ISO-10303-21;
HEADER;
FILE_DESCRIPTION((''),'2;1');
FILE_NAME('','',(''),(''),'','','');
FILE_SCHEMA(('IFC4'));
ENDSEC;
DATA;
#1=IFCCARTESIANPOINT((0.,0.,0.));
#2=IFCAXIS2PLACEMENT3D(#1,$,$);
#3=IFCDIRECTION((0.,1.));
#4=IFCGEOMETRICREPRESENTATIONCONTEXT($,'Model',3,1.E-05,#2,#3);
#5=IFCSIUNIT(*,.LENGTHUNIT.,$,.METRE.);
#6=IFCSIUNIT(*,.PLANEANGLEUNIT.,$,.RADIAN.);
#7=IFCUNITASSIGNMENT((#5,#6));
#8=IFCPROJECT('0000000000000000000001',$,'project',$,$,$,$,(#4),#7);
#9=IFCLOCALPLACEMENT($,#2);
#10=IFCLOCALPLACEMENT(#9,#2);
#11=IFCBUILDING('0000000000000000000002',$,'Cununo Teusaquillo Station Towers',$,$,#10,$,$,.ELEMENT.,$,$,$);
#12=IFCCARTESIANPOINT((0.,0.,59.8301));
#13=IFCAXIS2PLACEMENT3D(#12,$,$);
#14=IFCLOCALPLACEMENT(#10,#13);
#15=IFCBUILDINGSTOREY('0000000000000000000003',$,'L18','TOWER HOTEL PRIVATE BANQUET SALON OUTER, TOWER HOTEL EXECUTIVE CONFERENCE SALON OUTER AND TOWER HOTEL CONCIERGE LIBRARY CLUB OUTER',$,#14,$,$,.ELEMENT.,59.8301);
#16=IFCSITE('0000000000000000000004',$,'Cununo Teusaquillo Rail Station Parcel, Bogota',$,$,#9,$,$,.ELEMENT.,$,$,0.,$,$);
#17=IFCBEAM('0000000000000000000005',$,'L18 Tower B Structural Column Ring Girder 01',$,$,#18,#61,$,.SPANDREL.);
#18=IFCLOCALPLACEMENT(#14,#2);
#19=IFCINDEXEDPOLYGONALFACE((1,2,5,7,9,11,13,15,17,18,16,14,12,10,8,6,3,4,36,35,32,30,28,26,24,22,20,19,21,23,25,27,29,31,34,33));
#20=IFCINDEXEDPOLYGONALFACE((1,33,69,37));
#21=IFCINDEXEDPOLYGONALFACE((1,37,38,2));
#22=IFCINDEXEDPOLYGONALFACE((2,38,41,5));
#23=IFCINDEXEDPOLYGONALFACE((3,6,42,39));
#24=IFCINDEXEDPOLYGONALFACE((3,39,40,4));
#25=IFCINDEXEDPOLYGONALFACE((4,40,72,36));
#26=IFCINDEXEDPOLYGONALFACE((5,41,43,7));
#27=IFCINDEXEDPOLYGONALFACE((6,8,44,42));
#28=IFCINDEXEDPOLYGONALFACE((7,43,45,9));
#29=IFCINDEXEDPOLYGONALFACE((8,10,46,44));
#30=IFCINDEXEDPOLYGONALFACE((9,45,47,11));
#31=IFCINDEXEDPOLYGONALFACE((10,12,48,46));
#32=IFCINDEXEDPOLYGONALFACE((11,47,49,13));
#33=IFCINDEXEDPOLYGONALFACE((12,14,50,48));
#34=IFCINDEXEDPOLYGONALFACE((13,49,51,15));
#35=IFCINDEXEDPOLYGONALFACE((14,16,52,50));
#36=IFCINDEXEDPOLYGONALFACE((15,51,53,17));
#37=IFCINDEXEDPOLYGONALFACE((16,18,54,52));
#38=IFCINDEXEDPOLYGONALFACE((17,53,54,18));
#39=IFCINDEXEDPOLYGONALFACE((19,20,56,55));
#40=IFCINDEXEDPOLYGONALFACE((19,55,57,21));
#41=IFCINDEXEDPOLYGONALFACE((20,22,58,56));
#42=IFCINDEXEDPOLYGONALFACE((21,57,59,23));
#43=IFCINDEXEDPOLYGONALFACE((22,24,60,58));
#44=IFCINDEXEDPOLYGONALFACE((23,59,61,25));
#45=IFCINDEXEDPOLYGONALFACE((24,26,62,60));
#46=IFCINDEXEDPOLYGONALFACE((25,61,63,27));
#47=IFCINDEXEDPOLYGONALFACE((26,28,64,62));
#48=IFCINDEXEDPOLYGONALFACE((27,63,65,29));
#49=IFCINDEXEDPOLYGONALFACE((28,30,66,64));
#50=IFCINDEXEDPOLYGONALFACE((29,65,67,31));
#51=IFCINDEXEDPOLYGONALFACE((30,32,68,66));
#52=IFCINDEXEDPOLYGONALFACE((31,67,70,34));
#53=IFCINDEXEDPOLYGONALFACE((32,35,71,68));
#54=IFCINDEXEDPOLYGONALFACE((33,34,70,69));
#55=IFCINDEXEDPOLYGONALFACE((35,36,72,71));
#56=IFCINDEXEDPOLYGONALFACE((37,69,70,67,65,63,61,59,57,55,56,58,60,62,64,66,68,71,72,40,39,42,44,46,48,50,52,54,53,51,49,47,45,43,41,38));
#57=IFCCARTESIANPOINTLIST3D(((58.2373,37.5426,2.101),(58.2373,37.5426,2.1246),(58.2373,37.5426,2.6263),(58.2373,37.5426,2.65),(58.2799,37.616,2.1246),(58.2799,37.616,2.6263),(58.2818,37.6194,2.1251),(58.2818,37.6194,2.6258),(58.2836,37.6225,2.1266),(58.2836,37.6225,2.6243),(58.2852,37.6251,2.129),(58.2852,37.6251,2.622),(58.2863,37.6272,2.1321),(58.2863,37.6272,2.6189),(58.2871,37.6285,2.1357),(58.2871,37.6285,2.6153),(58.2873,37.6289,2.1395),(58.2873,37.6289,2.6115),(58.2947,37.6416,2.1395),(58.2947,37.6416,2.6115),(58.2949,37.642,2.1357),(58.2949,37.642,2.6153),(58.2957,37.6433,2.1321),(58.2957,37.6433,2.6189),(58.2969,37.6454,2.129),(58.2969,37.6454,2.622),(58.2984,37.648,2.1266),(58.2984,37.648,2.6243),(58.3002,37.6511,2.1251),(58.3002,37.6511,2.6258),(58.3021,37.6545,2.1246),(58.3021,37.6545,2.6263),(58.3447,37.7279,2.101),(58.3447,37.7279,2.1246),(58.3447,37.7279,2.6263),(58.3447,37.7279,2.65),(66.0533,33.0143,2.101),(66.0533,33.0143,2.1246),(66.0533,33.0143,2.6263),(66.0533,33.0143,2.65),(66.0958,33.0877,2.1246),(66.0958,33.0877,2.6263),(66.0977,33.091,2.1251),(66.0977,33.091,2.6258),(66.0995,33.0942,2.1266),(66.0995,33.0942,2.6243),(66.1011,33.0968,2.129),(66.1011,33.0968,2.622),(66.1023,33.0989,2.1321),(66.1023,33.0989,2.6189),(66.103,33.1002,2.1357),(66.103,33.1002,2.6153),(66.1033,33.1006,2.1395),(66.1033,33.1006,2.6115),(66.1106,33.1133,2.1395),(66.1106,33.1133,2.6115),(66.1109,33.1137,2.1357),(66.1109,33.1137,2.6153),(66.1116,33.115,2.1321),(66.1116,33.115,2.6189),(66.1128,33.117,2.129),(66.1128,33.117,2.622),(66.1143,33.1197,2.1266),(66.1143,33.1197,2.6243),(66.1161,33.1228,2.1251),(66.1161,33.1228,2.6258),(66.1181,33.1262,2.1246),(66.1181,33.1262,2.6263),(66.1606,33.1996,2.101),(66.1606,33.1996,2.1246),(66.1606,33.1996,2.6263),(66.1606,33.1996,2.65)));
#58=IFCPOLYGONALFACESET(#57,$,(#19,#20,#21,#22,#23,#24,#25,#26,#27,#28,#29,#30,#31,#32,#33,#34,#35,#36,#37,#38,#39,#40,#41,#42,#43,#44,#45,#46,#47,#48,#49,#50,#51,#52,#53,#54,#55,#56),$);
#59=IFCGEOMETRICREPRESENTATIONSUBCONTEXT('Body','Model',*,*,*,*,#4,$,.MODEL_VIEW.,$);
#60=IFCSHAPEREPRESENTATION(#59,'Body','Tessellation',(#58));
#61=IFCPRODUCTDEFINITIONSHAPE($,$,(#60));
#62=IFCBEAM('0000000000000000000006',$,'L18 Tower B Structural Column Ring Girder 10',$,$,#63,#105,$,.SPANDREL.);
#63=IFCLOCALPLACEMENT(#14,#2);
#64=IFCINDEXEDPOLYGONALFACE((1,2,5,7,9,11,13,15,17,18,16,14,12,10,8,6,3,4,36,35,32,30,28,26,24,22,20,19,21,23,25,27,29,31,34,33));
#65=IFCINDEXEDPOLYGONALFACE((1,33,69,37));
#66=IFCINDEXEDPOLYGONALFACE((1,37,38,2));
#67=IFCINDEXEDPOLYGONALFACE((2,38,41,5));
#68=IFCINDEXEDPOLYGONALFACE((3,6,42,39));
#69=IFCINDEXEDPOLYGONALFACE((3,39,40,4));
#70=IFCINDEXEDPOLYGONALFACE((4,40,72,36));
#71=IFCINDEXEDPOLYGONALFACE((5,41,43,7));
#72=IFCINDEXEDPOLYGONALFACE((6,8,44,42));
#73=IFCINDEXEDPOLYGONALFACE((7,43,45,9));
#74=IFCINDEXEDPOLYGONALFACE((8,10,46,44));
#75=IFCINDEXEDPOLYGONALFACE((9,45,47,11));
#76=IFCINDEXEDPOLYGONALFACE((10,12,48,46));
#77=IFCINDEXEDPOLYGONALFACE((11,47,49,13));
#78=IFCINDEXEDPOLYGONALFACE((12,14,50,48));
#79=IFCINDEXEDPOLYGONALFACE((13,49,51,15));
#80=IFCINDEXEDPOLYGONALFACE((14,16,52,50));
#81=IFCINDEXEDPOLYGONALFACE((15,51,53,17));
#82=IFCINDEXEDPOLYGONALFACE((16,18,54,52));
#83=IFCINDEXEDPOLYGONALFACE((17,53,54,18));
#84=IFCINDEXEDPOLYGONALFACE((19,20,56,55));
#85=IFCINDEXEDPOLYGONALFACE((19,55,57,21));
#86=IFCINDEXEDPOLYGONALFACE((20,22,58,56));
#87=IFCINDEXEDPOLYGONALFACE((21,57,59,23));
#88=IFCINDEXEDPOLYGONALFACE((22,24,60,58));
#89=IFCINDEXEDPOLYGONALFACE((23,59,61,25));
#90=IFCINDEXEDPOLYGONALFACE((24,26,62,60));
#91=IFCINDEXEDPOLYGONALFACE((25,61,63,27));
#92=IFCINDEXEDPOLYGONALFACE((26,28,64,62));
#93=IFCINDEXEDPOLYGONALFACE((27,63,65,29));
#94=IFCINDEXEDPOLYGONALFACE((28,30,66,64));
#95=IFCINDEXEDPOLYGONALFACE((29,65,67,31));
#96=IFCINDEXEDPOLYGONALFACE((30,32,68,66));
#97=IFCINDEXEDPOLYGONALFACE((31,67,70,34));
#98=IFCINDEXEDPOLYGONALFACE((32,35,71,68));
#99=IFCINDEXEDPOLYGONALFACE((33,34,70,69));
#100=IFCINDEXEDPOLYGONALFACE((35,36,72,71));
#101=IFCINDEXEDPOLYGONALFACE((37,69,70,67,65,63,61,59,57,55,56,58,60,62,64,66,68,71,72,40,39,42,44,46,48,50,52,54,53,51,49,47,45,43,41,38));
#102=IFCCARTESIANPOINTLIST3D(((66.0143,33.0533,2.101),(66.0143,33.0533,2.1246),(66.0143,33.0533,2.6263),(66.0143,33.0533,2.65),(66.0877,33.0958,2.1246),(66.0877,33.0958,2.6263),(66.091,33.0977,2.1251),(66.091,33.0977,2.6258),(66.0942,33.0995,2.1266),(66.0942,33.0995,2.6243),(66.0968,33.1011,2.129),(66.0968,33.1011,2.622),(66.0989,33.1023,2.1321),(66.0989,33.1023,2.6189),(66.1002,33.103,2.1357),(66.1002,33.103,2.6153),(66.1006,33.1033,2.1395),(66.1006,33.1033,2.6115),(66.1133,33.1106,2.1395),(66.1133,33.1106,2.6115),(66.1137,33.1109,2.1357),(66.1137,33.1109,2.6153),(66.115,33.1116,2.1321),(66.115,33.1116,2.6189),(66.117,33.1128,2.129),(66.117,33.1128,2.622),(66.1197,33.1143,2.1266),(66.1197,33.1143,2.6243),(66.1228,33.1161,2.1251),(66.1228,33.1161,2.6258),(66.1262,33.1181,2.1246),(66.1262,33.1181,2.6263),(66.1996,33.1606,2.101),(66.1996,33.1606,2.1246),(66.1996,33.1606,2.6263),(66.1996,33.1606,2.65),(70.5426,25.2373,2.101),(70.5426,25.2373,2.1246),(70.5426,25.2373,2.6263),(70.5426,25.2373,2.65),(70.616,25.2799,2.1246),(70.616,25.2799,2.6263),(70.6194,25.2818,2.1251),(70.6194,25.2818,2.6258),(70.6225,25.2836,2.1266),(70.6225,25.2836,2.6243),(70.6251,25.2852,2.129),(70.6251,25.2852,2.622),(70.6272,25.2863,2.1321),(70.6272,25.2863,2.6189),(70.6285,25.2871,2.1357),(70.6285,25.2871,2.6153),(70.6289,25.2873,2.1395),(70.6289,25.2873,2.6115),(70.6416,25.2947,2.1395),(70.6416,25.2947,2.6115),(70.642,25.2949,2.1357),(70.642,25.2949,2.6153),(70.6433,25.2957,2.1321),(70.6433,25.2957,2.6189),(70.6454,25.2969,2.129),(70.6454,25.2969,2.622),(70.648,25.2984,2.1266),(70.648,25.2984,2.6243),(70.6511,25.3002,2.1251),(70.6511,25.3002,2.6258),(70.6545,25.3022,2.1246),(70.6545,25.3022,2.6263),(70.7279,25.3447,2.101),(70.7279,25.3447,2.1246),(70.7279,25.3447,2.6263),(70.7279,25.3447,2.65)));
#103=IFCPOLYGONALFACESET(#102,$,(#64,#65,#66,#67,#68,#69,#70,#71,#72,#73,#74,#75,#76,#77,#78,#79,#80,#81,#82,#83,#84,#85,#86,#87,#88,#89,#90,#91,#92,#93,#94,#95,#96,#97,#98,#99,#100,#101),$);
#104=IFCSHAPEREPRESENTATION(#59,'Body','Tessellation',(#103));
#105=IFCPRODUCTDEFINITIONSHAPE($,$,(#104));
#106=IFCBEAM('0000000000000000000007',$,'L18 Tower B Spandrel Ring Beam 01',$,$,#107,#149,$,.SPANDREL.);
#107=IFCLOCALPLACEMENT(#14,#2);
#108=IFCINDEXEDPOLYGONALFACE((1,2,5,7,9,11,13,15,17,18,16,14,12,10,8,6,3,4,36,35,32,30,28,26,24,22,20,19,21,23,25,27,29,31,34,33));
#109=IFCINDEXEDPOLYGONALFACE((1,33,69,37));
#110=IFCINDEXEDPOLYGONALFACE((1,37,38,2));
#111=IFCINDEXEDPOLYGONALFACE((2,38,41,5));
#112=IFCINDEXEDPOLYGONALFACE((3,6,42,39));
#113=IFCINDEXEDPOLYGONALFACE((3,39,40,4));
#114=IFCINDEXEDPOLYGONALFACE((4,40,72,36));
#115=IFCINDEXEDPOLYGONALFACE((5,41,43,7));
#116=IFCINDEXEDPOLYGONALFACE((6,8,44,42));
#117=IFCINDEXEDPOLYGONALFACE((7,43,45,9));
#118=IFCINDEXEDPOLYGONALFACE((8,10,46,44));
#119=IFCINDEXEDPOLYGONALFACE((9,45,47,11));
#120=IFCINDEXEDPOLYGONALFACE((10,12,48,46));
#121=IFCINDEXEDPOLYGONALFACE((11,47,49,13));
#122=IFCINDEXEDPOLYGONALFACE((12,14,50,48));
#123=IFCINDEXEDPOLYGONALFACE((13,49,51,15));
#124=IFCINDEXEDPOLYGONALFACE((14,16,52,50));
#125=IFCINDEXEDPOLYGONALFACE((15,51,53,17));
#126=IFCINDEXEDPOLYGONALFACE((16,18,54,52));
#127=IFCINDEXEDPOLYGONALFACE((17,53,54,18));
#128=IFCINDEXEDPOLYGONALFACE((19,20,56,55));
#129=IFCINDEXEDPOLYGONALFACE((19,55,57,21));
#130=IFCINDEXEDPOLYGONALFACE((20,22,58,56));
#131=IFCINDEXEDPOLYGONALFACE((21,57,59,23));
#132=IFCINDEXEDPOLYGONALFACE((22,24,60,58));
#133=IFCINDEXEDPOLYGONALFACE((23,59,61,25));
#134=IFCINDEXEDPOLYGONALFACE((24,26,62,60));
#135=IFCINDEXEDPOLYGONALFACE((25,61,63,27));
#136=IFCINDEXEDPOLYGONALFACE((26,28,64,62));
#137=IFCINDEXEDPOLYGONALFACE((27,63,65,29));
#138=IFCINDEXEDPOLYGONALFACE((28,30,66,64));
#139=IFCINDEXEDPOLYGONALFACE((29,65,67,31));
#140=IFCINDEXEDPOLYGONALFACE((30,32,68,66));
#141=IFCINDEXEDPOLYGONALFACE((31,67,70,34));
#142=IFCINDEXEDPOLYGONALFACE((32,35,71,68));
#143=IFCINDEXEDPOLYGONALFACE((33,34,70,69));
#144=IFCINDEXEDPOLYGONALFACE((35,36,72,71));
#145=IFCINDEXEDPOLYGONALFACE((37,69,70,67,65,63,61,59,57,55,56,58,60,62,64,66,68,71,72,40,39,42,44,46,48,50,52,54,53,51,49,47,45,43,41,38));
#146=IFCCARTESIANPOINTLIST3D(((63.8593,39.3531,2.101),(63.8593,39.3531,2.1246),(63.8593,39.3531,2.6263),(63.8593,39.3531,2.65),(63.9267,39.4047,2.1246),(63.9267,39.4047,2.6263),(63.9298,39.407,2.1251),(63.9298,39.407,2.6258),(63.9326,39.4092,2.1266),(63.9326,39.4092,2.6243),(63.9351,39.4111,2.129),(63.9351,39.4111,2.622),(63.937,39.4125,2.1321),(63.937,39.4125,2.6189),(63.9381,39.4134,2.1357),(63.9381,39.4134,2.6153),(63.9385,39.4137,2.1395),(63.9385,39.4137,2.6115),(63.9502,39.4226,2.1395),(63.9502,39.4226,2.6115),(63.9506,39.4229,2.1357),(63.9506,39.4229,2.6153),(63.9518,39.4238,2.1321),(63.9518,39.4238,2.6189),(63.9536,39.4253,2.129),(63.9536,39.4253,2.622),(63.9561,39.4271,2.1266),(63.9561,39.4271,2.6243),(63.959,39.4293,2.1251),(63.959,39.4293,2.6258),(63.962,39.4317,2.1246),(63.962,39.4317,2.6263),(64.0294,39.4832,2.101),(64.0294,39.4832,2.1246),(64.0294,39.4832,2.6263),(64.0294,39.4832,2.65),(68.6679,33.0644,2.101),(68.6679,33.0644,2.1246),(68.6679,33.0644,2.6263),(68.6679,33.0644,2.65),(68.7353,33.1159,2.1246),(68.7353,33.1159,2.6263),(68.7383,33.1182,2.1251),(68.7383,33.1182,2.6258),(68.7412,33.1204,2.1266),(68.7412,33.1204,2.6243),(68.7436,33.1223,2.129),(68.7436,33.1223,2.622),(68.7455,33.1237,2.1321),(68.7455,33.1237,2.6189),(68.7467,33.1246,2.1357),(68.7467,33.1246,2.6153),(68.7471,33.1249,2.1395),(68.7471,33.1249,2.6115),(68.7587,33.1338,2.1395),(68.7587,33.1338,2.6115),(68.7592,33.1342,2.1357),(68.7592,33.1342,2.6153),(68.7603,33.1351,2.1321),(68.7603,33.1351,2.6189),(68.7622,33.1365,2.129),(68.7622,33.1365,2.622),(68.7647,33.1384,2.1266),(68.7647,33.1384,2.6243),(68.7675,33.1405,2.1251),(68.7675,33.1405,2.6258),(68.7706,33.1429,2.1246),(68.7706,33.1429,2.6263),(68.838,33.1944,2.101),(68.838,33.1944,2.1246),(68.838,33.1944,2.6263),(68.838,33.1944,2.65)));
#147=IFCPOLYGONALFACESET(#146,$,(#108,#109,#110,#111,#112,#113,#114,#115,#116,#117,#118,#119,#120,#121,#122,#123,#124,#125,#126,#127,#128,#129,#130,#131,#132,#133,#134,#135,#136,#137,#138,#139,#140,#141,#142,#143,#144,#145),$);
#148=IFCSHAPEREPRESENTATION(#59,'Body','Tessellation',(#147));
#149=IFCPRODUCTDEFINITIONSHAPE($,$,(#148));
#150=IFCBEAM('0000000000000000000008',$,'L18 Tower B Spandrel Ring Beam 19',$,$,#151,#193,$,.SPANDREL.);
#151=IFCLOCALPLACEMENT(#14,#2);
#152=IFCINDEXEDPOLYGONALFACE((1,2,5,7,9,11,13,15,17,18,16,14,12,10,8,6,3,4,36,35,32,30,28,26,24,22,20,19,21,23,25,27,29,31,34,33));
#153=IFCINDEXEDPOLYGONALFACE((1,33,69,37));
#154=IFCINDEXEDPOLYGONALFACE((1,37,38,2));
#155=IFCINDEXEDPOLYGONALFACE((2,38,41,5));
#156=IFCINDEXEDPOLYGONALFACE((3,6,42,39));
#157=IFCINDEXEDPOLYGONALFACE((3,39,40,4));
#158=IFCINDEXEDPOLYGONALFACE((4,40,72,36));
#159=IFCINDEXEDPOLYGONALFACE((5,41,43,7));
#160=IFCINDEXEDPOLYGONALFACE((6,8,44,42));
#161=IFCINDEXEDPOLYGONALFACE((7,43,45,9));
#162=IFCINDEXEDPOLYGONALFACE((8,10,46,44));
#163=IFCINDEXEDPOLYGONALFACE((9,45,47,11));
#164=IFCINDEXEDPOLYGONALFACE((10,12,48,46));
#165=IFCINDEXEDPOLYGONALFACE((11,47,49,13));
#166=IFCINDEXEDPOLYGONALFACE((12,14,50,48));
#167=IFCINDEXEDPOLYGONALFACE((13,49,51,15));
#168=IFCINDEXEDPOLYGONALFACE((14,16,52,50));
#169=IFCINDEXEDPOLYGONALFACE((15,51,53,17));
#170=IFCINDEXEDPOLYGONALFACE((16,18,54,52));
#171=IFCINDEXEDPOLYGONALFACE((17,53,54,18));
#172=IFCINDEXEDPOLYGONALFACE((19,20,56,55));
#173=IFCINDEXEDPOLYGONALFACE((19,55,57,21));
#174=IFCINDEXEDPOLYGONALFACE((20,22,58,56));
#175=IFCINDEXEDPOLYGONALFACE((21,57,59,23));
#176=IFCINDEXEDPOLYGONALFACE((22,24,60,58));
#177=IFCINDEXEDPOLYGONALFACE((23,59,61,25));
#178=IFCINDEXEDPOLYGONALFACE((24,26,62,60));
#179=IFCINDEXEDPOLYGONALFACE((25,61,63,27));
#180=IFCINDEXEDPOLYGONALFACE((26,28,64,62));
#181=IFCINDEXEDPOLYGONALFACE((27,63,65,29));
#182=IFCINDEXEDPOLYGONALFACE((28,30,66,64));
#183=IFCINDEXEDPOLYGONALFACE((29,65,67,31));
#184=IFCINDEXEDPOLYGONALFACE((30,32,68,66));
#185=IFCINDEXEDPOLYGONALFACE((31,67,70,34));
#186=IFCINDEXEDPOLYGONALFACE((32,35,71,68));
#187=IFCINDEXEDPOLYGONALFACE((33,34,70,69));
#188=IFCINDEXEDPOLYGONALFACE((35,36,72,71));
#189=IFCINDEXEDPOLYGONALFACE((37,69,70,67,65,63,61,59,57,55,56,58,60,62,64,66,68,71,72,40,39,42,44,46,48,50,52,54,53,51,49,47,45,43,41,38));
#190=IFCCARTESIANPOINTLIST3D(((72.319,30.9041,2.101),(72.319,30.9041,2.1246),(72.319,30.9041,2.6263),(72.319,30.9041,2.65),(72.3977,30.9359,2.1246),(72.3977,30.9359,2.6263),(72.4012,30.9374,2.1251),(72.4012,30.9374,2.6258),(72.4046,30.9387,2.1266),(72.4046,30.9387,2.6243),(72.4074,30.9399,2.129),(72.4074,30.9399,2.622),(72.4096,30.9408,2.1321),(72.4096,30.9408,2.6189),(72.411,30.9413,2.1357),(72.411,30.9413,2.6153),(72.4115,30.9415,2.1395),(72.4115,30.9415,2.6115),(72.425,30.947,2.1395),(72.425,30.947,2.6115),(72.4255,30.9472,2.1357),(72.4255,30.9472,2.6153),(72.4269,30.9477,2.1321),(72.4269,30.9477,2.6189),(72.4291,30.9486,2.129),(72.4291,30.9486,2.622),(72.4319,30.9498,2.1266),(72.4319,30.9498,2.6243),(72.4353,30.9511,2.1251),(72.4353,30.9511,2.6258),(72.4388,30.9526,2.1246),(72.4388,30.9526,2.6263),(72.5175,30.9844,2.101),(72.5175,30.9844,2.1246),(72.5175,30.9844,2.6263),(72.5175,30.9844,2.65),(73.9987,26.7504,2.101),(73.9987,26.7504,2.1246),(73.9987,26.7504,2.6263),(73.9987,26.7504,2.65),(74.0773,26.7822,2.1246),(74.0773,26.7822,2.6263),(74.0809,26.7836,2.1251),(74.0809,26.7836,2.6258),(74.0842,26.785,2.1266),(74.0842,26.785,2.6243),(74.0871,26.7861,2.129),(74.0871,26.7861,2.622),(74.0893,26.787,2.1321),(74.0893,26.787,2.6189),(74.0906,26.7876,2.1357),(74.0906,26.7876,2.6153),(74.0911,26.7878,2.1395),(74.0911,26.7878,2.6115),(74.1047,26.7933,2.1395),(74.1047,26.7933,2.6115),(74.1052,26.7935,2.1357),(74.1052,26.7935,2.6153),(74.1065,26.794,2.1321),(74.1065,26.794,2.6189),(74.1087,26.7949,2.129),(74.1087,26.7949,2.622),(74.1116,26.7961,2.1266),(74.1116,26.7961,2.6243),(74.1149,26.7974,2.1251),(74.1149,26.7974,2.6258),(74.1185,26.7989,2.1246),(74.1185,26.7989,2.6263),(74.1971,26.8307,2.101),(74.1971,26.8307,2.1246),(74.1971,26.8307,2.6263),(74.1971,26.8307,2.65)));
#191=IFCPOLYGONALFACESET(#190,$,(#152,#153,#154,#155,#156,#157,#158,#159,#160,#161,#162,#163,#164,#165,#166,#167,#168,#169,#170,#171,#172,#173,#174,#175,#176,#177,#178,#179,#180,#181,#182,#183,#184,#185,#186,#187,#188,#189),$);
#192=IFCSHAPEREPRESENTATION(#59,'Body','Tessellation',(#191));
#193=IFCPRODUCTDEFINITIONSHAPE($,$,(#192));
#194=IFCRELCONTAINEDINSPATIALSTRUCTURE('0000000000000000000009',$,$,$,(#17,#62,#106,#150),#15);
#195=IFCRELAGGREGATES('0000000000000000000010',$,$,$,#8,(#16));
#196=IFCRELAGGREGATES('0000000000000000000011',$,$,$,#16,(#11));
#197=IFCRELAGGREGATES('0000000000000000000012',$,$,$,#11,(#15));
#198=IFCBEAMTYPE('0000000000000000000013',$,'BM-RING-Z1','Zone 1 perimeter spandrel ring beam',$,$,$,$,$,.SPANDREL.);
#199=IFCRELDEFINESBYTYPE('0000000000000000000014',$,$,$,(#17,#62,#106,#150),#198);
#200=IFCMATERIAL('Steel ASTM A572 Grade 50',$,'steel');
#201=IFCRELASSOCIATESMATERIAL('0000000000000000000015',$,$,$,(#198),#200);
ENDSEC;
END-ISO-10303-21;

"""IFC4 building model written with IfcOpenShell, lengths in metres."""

from ifc_helpers import new_model, si_unit, direction, frame, origin, origin_2d, place, context, subcontext, project, spatial, i_section, extrude, material, material_profile, profile_set, type_object, element, save


model = new_model("IFC4")

# Units and contexts
model_context = context("Model", 3, precision=1e-05, world=origin(), true_north=direction((0.0, 1.0)))
body_context = subcontext(model_context, "Body", "Model", "MODEL_VIEW")
ifc_project = project(units=[si_unit("LENGTHUNIT", "METRE"), si_unit("PLANEANGLEUNIT", "RADIAN")], contexts=[model_context])

# Site, building, storey
site_placement = place(None, origin())
site = spatial("IfcSite", under=ifc_project, at=site_placement, Name="Cununo Teusaquillo Rail Station Parcel, Bogota", CompositionType="ELEMENT", RefElevation=0.0)
building_placement = place(site_placement, origin())
building = spatial("IfcBuilding", under=site, at=building_placement, Name="Cununo Teusaquillo Station Towers", CompositionType="ELEMENT")
storey_placement = place(building_placement, frame((0.0, 0.0, 59.8301)))
storey = spatial("IfcBuildingStorey", under=building, at=storey_placement, Name="L18", Description="TOWER HOTEL PRIVATE BANQUET SALON OUTER, TOWER HOTEL EXECUTIVE CONFERENCE SALON OUTER AND TOWER HOTEL CONCIERGE LIBRARY CLUB OUTER", CompositionType="ELEMENT", Elevation=59.8301)

# Beams
ifc_material_1 = material(Name="Steel ASTM A572 Grade 50", Category="steel")
ifc_material_profile_1 = material_profile(ifc_material_1, i_section(OverallWidth=0.2141, OverallDepth=0.5491, WebThickness=0.0146, FlangeThickness=0.0237, FilletRadius=0.0149, at=origin_2d()), Name="W21X93")
ifc_profile_set_1 = profile_set([ifc_material_profile_1], Name="Steel ASTM A572 Grade 50")
beam_type_1 = type_object("IfcBeamType", Name="BM-RING-Z1", Description="Zone 1 perimeter spandrel ring beam", PredefinedType="SPANDREL", material=ifc_profile_set_1)
for number, where, z_axis, x_axis, name in (
    (1, (66.1069, 33.1069, 2.3755), (-0.865267, 0.501311, 0.0), (-0.501311, -0.865267, 0.0), "L18 Tower B Structural Column Ring Girder 01"),
    (2, (70.6353, 25.291, 2.3755), (-0.501311, 0.865267, 0.0), (-0.865267, -0.501311, 0.0), "L18 Tower B Structural Column Ring Girder 10"),
):
    element("IfcBeam", number, at=place(storey_placement, frame(where, z_axis=z_axis, x_axis=x_axis)), inside=storey, type_object=beam_type_1, Name=name, PredefinedType="SPANDREL", context=body_context, shape_type="SweptSolid", body=[
        extrude(i_section(OverallWidth=0.2141, OverallDepth=0.5491, WebThickness=0.0146, FlangeThickness=0.0237, FilletRadius=0.0149, at=origin_2d()), origin(), (0.0, 0.0, 1.0), 9.033),
    ])
beam_1_placement = place(storey_placement, frame((68.7529, 33.1294, 2.3755), z_axis=(-0.60741, 0.794388, 0.0), x_axis=(-0.794388, -0.60741, 0.0)))
element("IfcBeam", 3, at=beam_1_placement, inside=storey, type_object=beam_type_1, Name="L18 Tower B Spandrel Ring Beam 01", PredefinedType="SPANDREL", context=body_context, shape_type="SweptSolid", body=[
    extrude(i_section(OverallWidth=0.2141, OverallDepth=0.5491, WebThickness=0.0146, FlangeThickness=0.0237, FilletRadius=0.0149, at=origin_2d()), origin(), (0.0, 0.0, 1.0), 7.9165),
])
beam_2_placement = place(storey_placement, frame((74.0979, 26.7905, 2.3755), z_axis=(-0.374883, 0.927072, 0.0), x_axis=(-0.927072, -0.374883, 0.0)))
element("IfcBeam", 4, at=beam_2_placement, inside=storey, type_object=beam_type_1, Name="L18 Tower B Spandrel Ring Beam 19", PredefinedType="SPANDREL", context=body_context, shape_type="SweptSolid", body=[
    extrude(i_section(OverallWidth=0.2141, OverallDepth=0.5491, WebThickness=0.0146, FlangeThickness=0.0237, FilletRadius=0.0149, at=origin_2d()), origin(), (0.0, 0.0, 1.0), 4.4805),
])

save(model, "model.ifc")
